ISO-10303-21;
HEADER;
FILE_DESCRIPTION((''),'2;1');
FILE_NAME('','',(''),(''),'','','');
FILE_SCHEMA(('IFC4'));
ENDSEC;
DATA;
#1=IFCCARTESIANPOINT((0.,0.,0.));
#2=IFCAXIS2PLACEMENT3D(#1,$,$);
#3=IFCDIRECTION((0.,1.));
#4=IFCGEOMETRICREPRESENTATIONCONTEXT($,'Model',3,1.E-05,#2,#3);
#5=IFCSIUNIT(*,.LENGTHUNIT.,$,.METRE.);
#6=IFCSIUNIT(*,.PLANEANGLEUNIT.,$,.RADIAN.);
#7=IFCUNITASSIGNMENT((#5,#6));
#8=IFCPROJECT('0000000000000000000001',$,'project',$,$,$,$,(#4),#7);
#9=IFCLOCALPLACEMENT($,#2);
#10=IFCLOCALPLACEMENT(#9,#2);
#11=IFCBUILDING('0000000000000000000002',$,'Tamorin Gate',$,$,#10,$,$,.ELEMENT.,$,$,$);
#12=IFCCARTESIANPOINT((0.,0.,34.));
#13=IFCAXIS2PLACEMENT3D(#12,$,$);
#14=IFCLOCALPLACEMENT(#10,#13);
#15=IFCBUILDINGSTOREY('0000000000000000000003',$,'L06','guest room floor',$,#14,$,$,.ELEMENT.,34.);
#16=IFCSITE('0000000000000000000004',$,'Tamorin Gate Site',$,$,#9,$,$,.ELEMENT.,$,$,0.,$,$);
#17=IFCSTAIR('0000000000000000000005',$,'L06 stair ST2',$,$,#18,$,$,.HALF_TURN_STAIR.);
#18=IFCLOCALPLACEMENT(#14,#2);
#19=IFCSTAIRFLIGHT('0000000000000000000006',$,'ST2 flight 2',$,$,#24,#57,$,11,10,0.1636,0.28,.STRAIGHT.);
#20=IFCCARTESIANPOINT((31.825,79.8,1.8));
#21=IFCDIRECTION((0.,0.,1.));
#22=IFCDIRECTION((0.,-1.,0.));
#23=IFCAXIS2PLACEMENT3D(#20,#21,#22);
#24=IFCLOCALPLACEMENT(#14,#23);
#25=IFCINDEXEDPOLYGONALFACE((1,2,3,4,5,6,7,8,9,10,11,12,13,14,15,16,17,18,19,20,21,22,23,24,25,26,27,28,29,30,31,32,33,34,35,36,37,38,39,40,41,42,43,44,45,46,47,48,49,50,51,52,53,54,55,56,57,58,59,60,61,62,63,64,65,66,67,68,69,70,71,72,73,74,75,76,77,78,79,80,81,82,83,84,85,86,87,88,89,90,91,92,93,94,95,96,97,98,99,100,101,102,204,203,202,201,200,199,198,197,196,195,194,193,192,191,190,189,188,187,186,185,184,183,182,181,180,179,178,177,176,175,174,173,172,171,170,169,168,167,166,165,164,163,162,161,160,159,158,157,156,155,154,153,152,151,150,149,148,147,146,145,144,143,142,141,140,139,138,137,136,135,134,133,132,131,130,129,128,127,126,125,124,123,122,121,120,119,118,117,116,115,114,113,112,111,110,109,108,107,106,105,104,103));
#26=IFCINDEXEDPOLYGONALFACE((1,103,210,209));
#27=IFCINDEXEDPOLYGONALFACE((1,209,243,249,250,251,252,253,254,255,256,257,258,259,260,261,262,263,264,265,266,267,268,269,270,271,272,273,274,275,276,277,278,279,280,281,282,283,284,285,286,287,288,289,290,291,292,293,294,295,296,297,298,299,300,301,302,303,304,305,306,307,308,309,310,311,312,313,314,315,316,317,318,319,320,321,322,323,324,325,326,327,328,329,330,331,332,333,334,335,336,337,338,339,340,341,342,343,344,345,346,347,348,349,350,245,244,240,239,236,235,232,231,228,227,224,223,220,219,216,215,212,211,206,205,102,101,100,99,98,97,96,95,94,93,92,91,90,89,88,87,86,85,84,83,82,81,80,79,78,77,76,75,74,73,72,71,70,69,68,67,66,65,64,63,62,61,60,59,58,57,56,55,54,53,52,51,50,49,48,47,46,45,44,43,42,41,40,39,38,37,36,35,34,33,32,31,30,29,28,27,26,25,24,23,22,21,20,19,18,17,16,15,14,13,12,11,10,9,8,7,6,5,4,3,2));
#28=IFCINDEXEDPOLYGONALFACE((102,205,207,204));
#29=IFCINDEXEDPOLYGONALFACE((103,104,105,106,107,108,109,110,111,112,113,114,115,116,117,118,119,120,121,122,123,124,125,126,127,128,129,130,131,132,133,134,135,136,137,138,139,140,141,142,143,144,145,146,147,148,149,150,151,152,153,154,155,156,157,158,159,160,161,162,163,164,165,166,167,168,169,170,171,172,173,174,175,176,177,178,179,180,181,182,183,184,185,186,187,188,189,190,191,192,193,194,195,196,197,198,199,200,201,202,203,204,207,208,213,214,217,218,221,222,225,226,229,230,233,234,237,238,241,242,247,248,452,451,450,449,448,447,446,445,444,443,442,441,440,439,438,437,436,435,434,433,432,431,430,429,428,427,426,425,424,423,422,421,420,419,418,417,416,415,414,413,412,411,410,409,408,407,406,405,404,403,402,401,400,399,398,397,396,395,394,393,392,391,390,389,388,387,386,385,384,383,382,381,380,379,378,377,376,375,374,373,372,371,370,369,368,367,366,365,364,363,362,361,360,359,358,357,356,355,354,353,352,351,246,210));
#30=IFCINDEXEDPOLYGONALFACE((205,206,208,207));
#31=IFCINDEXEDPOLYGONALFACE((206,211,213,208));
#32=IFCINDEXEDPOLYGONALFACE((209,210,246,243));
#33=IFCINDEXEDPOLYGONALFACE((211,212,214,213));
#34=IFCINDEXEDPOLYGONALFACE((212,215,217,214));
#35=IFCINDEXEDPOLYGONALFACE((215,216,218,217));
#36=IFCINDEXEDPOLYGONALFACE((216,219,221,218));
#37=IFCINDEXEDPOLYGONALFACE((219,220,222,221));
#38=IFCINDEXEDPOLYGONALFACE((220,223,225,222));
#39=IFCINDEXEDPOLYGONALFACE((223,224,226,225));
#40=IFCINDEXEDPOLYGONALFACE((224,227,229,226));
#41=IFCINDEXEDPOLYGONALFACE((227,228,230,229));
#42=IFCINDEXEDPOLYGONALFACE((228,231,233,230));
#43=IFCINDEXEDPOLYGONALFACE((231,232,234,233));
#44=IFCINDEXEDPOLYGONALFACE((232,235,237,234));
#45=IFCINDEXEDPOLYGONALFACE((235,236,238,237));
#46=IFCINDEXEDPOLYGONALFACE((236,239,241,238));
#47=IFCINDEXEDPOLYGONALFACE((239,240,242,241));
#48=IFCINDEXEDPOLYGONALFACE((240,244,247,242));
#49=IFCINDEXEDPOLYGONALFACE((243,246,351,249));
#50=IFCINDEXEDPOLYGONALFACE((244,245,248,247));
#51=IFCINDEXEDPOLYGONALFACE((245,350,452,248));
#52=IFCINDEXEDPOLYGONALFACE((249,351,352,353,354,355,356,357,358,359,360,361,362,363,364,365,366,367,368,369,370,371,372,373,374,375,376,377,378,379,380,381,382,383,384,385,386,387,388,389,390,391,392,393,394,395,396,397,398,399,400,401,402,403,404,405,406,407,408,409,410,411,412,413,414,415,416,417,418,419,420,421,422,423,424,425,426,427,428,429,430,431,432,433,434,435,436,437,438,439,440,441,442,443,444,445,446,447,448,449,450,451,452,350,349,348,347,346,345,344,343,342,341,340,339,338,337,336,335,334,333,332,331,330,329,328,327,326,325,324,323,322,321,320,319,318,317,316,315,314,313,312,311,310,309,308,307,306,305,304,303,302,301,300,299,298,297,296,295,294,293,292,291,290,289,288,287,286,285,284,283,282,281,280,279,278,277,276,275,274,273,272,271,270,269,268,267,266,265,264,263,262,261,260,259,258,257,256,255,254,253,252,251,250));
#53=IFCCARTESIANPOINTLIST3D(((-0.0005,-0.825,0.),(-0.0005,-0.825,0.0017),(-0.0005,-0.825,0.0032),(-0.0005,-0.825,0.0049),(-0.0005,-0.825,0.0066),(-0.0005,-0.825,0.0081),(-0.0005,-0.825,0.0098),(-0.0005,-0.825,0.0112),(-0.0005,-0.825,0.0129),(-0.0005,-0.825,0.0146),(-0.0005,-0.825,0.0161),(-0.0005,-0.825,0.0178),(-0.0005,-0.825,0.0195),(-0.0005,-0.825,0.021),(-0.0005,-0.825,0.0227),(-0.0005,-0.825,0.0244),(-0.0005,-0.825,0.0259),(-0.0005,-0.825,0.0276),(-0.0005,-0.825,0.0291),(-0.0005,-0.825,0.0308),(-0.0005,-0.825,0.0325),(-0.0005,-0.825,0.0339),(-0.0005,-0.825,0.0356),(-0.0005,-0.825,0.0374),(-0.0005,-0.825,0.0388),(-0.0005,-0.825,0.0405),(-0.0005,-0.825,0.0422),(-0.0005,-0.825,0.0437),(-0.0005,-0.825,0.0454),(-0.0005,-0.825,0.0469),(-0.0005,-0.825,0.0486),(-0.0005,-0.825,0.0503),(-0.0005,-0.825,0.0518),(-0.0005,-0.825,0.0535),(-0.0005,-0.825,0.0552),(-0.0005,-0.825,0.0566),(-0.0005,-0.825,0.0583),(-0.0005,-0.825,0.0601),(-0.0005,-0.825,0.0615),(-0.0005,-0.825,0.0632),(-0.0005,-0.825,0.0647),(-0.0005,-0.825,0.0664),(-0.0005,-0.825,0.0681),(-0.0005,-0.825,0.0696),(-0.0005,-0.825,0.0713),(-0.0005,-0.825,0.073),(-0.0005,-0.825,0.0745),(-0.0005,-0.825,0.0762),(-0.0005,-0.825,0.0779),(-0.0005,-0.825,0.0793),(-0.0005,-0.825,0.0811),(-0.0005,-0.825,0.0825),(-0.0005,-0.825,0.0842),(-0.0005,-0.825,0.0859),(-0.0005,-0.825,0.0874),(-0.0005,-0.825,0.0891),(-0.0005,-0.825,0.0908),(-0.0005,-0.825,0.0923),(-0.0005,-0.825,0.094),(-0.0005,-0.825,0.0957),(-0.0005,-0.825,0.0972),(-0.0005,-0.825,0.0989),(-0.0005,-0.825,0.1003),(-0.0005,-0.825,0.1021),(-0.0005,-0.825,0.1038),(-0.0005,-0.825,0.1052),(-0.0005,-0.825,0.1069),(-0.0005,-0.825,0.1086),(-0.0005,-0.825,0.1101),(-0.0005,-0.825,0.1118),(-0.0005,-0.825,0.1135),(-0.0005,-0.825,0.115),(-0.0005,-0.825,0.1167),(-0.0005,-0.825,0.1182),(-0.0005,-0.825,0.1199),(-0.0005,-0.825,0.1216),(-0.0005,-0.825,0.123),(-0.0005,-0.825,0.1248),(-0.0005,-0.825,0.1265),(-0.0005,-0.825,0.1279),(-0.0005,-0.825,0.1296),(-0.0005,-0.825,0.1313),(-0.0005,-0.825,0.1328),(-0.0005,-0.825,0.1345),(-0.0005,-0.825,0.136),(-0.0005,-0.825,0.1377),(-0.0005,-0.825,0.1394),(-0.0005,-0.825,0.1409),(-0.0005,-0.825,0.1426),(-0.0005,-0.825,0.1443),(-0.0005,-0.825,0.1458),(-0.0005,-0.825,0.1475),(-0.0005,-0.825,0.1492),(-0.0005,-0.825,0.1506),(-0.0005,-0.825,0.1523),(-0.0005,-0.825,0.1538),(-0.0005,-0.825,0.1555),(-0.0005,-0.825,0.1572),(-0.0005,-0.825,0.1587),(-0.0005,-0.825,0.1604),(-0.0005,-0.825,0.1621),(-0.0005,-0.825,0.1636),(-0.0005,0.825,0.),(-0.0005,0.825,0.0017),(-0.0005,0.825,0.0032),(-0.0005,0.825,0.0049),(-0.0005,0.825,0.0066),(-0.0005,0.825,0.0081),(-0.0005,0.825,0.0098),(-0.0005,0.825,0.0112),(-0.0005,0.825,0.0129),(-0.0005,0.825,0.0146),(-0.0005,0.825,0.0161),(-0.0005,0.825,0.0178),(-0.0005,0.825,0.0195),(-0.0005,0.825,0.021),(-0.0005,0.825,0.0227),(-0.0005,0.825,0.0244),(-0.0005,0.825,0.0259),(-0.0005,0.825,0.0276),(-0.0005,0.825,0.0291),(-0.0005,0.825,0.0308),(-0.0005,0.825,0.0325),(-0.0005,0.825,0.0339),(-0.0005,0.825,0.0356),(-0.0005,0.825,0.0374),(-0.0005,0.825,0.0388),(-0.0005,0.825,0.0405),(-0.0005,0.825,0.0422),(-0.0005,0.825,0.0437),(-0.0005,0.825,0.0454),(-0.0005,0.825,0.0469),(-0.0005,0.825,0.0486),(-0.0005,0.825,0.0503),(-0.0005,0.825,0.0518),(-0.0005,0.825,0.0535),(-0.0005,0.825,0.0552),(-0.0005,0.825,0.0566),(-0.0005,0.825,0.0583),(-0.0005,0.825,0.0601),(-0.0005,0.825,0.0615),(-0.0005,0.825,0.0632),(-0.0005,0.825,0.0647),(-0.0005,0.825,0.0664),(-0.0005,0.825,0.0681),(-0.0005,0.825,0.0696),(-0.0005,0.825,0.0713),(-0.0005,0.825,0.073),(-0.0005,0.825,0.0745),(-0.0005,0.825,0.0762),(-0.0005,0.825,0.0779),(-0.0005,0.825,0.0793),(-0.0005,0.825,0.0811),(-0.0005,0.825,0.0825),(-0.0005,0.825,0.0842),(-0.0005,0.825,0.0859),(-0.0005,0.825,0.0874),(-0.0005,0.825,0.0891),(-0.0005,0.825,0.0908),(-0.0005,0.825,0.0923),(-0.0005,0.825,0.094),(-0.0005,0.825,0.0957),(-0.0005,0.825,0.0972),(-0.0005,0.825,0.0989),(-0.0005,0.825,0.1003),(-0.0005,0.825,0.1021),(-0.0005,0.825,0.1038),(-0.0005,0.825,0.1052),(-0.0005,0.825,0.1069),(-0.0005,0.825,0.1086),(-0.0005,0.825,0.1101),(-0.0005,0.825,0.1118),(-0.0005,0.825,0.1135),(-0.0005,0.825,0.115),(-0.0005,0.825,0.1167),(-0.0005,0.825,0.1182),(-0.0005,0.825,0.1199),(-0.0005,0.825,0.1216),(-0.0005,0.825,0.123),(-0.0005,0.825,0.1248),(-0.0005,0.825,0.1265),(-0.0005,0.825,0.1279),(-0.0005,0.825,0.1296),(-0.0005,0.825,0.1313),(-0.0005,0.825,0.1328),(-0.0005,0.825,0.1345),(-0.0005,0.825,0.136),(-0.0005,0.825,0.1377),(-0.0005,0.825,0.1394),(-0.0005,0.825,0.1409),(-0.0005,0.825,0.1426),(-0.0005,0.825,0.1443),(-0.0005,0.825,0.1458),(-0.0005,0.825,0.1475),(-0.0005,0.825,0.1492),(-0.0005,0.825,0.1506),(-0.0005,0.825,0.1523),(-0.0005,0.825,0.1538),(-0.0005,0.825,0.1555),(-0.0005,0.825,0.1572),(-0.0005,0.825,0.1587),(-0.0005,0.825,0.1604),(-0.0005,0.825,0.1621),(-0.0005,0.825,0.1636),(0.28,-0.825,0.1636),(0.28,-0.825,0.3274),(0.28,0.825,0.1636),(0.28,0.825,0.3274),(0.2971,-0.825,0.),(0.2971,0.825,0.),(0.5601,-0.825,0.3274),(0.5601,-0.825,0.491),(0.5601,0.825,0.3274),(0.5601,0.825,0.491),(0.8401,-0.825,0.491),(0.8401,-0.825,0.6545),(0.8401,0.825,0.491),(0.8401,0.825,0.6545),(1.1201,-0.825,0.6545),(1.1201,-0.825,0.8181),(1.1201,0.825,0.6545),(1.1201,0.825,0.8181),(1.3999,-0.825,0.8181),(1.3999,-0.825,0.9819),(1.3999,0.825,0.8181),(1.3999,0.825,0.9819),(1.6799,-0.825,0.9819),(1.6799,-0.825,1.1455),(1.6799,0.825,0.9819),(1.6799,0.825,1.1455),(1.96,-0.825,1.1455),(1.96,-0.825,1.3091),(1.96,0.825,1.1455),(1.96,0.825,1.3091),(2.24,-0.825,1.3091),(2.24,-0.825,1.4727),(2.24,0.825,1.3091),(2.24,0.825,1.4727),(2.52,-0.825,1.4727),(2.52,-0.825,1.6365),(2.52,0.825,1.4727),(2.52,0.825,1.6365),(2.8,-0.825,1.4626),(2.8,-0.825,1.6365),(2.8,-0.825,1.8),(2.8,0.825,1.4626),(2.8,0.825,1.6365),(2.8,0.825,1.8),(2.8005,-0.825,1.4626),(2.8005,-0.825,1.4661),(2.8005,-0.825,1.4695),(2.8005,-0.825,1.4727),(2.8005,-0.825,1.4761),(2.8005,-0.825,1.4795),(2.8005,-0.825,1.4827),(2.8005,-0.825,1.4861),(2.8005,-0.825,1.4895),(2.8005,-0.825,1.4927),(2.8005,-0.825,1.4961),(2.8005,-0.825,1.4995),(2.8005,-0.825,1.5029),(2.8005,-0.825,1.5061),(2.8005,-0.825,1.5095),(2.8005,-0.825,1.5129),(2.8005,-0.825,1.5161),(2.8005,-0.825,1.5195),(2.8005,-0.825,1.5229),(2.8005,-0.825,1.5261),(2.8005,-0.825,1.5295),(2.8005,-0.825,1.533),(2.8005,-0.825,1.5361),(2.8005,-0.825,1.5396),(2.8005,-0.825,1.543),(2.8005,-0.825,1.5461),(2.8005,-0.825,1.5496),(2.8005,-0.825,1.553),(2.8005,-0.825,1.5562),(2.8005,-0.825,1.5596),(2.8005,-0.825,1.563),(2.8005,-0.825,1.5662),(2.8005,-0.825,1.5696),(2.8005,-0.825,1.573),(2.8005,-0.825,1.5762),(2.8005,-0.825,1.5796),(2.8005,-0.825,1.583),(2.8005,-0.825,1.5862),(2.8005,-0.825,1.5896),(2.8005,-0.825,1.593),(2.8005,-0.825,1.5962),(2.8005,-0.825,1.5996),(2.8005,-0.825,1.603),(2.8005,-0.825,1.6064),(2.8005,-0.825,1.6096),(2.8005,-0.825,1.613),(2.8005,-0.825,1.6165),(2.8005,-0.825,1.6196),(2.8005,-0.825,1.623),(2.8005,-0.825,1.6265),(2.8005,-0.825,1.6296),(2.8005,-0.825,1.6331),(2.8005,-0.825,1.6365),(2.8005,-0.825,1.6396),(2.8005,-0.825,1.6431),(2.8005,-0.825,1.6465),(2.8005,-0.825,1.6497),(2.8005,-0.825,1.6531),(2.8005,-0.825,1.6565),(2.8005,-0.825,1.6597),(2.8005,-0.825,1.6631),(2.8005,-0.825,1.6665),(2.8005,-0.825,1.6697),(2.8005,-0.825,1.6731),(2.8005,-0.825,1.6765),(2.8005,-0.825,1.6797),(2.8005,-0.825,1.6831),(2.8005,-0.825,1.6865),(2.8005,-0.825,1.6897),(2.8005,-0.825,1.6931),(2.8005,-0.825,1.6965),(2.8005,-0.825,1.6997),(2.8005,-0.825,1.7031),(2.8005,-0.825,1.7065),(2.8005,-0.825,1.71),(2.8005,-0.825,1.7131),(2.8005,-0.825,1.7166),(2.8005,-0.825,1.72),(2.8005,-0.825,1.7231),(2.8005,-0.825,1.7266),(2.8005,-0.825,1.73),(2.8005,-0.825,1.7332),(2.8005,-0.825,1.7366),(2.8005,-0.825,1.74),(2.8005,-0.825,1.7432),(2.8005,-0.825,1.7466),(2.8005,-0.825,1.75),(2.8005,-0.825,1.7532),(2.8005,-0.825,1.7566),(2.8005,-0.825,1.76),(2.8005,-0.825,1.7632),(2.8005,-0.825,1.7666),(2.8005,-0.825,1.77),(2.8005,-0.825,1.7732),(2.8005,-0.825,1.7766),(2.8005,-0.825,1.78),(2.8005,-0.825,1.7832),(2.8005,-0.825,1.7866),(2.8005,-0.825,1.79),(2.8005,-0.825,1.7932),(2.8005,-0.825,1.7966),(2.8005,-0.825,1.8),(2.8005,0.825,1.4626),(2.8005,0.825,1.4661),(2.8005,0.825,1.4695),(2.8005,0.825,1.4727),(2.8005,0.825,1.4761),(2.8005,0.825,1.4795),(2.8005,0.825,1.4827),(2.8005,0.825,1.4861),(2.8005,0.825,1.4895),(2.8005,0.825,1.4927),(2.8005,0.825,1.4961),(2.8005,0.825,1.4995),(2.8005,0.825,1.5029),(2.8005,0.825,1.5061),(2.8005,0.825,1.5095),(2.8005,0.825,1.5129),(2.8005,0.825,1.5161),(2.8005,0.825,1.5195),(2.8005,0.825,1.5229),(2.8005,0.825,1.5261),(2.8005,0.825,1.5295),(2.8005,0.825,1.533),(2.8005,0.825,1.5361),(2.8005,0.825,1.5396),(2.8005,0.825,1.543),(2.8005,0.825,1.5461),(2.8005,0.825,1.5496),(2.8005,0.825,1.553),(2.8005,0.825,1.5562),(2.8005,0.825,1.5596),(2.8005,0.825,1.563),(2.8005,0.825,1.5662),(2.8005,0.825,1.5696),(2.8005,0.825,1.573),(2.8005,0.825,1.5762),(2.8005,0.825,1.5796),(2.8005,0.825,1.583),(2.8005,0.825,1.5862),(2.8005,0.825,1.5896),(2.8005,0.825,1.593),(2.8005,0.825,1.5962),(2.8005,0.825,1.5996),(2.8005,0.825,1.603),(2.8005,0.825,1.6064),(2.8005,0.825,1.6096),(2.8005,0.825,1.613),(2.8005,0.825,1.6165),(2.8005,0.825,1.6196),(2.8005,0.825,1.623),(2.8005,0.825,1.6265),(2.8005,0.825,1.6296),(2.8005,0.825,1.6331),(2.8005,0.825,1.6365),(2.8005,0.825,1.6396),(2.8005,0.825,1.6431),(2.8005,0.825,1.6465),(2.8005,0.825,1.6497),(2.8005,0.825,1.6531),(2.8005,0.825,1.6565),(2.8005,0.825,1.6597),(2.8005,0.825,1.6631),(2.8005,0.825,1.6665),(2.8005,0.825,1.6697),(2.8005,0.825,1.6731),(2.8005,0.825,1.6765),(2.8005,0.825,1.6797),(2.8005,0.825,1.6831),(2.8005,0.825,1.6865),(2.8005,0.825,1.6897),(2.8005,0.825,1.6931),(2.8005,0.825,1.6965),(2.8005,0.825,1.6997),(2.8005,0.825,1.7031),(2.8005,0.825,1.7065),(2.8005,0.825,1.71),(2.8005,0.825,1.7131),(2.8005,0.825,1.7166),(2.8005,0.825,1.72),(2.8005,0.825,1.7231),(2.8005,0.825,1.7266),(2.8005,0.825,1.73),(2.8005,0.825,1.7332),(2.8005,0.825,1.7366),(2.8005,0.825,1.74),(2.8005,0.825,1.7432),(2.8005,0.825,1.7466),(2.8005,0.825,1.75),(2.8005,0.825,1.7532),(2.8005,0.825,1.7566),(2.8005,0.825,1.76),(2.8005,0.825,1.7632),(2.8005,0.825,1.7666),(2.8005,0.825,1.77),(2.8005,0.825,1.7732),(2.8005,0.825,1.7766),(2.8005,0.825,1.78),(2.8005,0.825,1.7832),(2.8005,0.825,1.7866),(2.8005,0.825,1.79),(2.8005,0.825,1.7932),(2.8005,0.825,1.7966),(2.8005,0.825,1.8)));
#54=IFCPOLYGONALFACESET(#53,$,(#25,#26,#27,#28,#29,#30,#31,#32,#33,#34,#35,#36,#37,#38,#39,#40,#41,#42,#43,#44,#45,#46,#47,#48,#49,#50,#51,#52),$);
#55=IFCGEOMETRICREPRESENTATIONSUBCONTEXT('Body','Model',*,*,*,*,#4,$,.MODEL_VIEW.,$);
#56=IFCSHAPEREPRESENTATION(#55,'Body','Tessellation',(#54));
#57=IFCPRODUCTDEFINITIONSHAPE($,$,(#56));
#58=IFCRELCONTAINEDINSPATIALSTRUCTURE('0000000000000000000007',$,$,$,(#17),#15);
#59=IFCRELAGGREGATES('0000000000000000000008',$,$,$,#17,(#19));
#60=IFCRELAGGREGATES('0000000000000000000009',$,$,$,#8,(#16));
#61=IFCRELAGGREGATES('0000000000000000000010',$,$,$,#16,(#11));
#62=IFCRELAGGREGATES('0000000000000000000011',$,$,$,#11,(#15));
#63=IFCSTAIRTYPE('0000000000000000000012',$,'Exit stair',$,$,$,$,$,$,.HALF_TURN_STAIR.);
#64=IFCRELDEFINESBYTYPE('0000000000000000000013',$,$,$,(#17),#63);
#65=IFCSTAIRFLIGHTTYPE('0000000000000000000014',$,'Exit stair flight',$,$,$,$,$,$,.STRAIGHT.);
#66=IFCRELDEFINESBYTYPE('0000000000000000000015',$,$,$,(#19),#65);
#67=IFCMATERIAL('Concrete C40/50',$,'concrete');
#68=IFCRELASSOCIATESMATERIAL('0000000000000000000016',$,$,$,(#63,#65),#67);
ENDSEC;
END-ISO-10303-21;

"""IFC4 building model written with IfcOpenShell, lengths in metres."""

from ifc_helpers import new_model, si_unit, direction, frame, origin, place, context, subcontext, project, spatial, polyline, outline, extrude, material, type_object, element, aggregate, save


model = new_model("IFC4")

# Units and contexts
model_context = context("Model", 3, precision=1e-05, world=origin(), true_north=direction((0.0, 1.0)))
body_context = subcontext(model_context, "Body", "Model", "MODEL_VIEW")
ifc_project = project(units=[si_unit("LENGTHUNIT", "METRE"), si_unit("PLANEANGLEUNIT", "RADIAN")], contexts=[model_context])

# Site, building, storey
site_placement = place(None, origin())
site = spatial("IfcSite", under=ifc_project, at=site_placement, Name="Tamorin Gate Site", CompositionType="ELEMENT", RefElevation=0.0)
building_placement = place(site_placement, origin())
building = spatial("IfcBuilding", under=site, at=building_placement, Name="Tamorin Gate", CompositionType="ELEMENT")
storey_placement = place(building_placement, frame((0.0, 0.0, 34.0)))
storey = spatial("IfcBuildingStorey", under=building, at=storey_placement, Name="L06", Description="guest room floor", CompositionType="ELEMENT", Elevation=34.0)

# Stair, stair flight
ifc_material_1 = material(Name="Concrete C40/50", Category="concrete")
stair_type = type_object("IfcStairType", Name="Exit stair", PredefinedType="HALF_TURN_STAIR", material=ifc_material_1)
stair_placement = place(storey_placement, origin())
stair = element("IfcStair", 1, at=stair_placement, inside=storey, type_object=stair_type, Name="L06 stair ST2", PredefinedType="HALF_TURN_STAIR")
stair_flight_type = type_object("IfcStairFlightType", Name="Exit stair flight", PredefinedType="STRAIGHT", material=ifc_material_1)
stair_flight_1_placement = place(storey_placement, frame((31.825, 79.8, 1.8), z_axis=(0.0, 0.0, 1.0), x_axis=(0.0, -1.0, 0.0)))
stair_flight_1 = element("IfcStairFlight", 2, at=stair_flight_1_placement, type_object=stair_flight_type, Name="ST2 flight 2", NumberOfRisers=11, NumberOfTreads=10, PredefinedType="STRAIGHT", RiserHeight=0.1636, TreadLength=0.28, context=body_context, shape_type="SweptSolid", body=[
    extrude(outline(polyline([(-0.0005, 0.0), (-0.0005, 0.0017), (-0.0005, 0.0032), (-0.0005, 0.0049), (-0.0005, 0.0066), (-0.0005, 0.0081), (-0.0005, 0.0098), (-0.0005, 0.0112), (-0.0005, 0.0129), (-0.0005, 0.0146), (-0.0005, 0.0161), (-0.0005, 0.0178), (-0.0005, 0.0195), (-0.0005, 0.021), (-0.0005, 0.0227), (-0.0005, 0.0244), (-0.0005, 0.0259), (-0.0005, 0.0276), (-0.0005, 0.0291), (-0.0005, 0.0308), (-0.0005, 0.0325), (-0.0005, 0.0339), (-0.0005, 0.0356), (-0.0005, 0.0374), (-0.0005, 0.0388), (-0.0005, 0.0405), (-0.0005, 0.0422), (-0.0005, 0.0437), (-0.0005, 0.0454), (-0.0005, 0.0469), (-0.0005, 0.0486), (-0.0005, 0.0503), (-0.0005, 0.0518), (-0.0005, 0.0535), (-0.0005, 0.0552), (-0.0005, 0.0566), (-0.0005, 0.0583), (-0.0005, 0.0601), (-0.0005, 0.0615), (-0.0005, 0.0632), (-0.0005, 0.0647), (-0.0005, 0.0664), (-0.0005, 0.0681), (-0.0005, 0.0696), (-0.0005, 0.0713), (-0.0005, 0.073), (-0.0005, 0.0745), (-0.0005, 0.0762), (-0.0005, 0.0779), (-0.0005, 0.0793), (-0.0005, 0.0811), (-0.0005, 0.0825), (-0.0005, 0.0842), (-0.0005, 0.0859), (-0.0005, 0.0874), (-0.0005, 0.0891), (-0.0005, 0.0908), (-0.0005, 0.0923), (-0.0005, 0.094), (-0.0005, 0.0957), (-0.0005, 0.0972), (-0.0005, 0.0989), (-0.0005, 0.1003), (-0.0005, 0.1021), (-0.0005, 0.1038), (-0.0005, 0.1052), (-0.0005, 0.1069), (-0.0005, 0.1086), (-0.0005, 0.1101), (-0.0005, 0.1118), (-0.0005, 0.1135), (-0.0005, 0.115), (-0.0005, 0.1167), (-0.0005, 0.1182), (-0.0005, 0.1199), (-0.0005, 0.1216), (-0.0005, 0.123), (-0.0005, 0.1248), (-0.0005, 0.1265), (-0.0005, 0.1279), (-0.0005, 0.1296), (-0.0005, 0.1313), (-0.0005, 0.1328), (-0.0005, 0.1345), (-0.0005, 0.136), (-0.0005, 0.1377), (-0.0005, 0.1394), (-0.0005, 0.1409), (-0.0005, 0.1426), (-0.0005, 0.1443), (-0.0005, 0.1458), (-0.0005, 0.1475), (-0.0005, 0.1492), (-0.0005, 0.1506), (-0.0005, 0.1523), (-0.0005, 0.1538), (-0.0005, 0.1555), (-0.0005, 0.1572), (-0.0005, 0.1587), (-0.0005, 0.1604), (-0.0005, 0.1621), (-0.0005, 0.1636), (0.28, 0.1636), (0.28, 0.3274), (0.5601, 0.3274), (0.5601, 0.491), (0.8401, 0.491), (0.8401, 0.6545), (1.1201, 0.6545), (1.1201, 0.8181), (1.3999, 0.8181), (1.3999, 0.9819), (1.6799, 0.9819), (1.6799, 1.1455), (1.96, 1.1455), (1.96, 1.3091), (2.24, 1.3091), (2.24, 1.4727), (2.52, 1.4727), (2.52, 1.6365), (2.8, 1.6365), (2.8, 1.8), (2.8005, 1.8), (2.8005, 1.7966), (2.8005, 1.7932), (2.8005, 1.79), (2.8005, 1.7866), (2.8005, 1.7832), (2.8005, 1.78), (2.8005, 1.7766), (2.8005, 1.7732), (2.8005, 1.77), (2.8005, 1.7666), (2.8005, 1.7632), (2.8005, 1.76), (2.8005, 1.7566), (2.8005, 1.7532), (2.8005, 1.75), (2.8005, 1.7466), (2.8005, 1.7432), (2.8005, 1.74), (2.8005, 1.7366), (2.8005, 1.7332), (2.8005, 1.73), (2.8005, 1.7266), (2.8005, 1.7231), (2.8005, 1.72), (2.8005, 1.7166), (2.8005, 1.7131), (2.8005, 1.71), (2.8005, 1.7065), (2.8005, 1.7031), (2.8005, 1.6997), (2.8005, 1.6965), (2.8005, 1.6931), (2.8005, 1.6897), (2.8005, 1.6865), (2.8005, 1.6831), (2.8005, 1.6797), (2.8005, 1.6765), (2.8005, 1.6731), (2.8005, 1.6697), (2.8005, 1.6665), (2.8005, 1.6631), (2.8005, 1.6597), (2.8005, 1.6565), (2.8005, 1.6531), (2.8005, 1.6497), (2.8005, 1.6465), (2.8005, 1.6431), (2.8005, 1.6396), (2.8005, 1.6365), (2.8005, 1.6331), (2.8005, 1.6296), (2.8005, 1.6265), (2.8005, 1.623), (2.8005, 1.6196), (2.8005, 1.6165), (2.8005, 1.613), (2.8005, 1.6096), (2.8005, 1.6064), (2.8005, 1.603), (2.8005, 1.5996), (2.8005, 1.5962), (2.8005, 1.593), (2.8005, 1.5896), (2.8005, 1.5862), (2.8005, 1.583), (2.8005, 1.5796), (2.8005, 1.5762), (2.8005, 1.573), (2.8005, 1.5696), (2.8005, 1.5662), (2.8005, 1.563), (2.8005, 1.5596), (2.8005, 1.5562), (2.8005, 1.553), (2.8005, 1.5496), (2.8005, 1.5461), (2.8005, 1.543), (2.8005, 1.5396), (2.8005, 1.5361), (2.8005, 1.533), (2.8005, 1.5295), (2.8005, 1.5261), (2.8005, 1.5229), (2.8005, 1.5195), (2.8005, 1.5161), (2.8005, 1.5129), (2.8005, 1.5095), (2.8005, 1.5061), (2.8005, 1.5029), (2.8005, 1.4995), (2.8005, 1.4961), (2.8005, 1.4927), (2.8005, 1.4895), (2.8005, 1.4861), (2.8005, 1.4827), (2.8005, 1.4795), (2.8005, 1.4761), (2.8005, 1.4727), (2.8005, 1.4695), (2.8005, 1.4661), (2.8005, 1.4626), (2.8, 1.4626), (0.2971, 0.0), (-0.0005, 0.0)])), frame((0.0, 0.825, 0.0), z_axis=(0.0, -1.0, 0.0), x_axis=(1.0, 0.0, 0.0)), (0.0, 0.0, 1.0), 1.6499),
])
aggregate(stair, [stair_flight_1])

save(model, "model.ifc")
